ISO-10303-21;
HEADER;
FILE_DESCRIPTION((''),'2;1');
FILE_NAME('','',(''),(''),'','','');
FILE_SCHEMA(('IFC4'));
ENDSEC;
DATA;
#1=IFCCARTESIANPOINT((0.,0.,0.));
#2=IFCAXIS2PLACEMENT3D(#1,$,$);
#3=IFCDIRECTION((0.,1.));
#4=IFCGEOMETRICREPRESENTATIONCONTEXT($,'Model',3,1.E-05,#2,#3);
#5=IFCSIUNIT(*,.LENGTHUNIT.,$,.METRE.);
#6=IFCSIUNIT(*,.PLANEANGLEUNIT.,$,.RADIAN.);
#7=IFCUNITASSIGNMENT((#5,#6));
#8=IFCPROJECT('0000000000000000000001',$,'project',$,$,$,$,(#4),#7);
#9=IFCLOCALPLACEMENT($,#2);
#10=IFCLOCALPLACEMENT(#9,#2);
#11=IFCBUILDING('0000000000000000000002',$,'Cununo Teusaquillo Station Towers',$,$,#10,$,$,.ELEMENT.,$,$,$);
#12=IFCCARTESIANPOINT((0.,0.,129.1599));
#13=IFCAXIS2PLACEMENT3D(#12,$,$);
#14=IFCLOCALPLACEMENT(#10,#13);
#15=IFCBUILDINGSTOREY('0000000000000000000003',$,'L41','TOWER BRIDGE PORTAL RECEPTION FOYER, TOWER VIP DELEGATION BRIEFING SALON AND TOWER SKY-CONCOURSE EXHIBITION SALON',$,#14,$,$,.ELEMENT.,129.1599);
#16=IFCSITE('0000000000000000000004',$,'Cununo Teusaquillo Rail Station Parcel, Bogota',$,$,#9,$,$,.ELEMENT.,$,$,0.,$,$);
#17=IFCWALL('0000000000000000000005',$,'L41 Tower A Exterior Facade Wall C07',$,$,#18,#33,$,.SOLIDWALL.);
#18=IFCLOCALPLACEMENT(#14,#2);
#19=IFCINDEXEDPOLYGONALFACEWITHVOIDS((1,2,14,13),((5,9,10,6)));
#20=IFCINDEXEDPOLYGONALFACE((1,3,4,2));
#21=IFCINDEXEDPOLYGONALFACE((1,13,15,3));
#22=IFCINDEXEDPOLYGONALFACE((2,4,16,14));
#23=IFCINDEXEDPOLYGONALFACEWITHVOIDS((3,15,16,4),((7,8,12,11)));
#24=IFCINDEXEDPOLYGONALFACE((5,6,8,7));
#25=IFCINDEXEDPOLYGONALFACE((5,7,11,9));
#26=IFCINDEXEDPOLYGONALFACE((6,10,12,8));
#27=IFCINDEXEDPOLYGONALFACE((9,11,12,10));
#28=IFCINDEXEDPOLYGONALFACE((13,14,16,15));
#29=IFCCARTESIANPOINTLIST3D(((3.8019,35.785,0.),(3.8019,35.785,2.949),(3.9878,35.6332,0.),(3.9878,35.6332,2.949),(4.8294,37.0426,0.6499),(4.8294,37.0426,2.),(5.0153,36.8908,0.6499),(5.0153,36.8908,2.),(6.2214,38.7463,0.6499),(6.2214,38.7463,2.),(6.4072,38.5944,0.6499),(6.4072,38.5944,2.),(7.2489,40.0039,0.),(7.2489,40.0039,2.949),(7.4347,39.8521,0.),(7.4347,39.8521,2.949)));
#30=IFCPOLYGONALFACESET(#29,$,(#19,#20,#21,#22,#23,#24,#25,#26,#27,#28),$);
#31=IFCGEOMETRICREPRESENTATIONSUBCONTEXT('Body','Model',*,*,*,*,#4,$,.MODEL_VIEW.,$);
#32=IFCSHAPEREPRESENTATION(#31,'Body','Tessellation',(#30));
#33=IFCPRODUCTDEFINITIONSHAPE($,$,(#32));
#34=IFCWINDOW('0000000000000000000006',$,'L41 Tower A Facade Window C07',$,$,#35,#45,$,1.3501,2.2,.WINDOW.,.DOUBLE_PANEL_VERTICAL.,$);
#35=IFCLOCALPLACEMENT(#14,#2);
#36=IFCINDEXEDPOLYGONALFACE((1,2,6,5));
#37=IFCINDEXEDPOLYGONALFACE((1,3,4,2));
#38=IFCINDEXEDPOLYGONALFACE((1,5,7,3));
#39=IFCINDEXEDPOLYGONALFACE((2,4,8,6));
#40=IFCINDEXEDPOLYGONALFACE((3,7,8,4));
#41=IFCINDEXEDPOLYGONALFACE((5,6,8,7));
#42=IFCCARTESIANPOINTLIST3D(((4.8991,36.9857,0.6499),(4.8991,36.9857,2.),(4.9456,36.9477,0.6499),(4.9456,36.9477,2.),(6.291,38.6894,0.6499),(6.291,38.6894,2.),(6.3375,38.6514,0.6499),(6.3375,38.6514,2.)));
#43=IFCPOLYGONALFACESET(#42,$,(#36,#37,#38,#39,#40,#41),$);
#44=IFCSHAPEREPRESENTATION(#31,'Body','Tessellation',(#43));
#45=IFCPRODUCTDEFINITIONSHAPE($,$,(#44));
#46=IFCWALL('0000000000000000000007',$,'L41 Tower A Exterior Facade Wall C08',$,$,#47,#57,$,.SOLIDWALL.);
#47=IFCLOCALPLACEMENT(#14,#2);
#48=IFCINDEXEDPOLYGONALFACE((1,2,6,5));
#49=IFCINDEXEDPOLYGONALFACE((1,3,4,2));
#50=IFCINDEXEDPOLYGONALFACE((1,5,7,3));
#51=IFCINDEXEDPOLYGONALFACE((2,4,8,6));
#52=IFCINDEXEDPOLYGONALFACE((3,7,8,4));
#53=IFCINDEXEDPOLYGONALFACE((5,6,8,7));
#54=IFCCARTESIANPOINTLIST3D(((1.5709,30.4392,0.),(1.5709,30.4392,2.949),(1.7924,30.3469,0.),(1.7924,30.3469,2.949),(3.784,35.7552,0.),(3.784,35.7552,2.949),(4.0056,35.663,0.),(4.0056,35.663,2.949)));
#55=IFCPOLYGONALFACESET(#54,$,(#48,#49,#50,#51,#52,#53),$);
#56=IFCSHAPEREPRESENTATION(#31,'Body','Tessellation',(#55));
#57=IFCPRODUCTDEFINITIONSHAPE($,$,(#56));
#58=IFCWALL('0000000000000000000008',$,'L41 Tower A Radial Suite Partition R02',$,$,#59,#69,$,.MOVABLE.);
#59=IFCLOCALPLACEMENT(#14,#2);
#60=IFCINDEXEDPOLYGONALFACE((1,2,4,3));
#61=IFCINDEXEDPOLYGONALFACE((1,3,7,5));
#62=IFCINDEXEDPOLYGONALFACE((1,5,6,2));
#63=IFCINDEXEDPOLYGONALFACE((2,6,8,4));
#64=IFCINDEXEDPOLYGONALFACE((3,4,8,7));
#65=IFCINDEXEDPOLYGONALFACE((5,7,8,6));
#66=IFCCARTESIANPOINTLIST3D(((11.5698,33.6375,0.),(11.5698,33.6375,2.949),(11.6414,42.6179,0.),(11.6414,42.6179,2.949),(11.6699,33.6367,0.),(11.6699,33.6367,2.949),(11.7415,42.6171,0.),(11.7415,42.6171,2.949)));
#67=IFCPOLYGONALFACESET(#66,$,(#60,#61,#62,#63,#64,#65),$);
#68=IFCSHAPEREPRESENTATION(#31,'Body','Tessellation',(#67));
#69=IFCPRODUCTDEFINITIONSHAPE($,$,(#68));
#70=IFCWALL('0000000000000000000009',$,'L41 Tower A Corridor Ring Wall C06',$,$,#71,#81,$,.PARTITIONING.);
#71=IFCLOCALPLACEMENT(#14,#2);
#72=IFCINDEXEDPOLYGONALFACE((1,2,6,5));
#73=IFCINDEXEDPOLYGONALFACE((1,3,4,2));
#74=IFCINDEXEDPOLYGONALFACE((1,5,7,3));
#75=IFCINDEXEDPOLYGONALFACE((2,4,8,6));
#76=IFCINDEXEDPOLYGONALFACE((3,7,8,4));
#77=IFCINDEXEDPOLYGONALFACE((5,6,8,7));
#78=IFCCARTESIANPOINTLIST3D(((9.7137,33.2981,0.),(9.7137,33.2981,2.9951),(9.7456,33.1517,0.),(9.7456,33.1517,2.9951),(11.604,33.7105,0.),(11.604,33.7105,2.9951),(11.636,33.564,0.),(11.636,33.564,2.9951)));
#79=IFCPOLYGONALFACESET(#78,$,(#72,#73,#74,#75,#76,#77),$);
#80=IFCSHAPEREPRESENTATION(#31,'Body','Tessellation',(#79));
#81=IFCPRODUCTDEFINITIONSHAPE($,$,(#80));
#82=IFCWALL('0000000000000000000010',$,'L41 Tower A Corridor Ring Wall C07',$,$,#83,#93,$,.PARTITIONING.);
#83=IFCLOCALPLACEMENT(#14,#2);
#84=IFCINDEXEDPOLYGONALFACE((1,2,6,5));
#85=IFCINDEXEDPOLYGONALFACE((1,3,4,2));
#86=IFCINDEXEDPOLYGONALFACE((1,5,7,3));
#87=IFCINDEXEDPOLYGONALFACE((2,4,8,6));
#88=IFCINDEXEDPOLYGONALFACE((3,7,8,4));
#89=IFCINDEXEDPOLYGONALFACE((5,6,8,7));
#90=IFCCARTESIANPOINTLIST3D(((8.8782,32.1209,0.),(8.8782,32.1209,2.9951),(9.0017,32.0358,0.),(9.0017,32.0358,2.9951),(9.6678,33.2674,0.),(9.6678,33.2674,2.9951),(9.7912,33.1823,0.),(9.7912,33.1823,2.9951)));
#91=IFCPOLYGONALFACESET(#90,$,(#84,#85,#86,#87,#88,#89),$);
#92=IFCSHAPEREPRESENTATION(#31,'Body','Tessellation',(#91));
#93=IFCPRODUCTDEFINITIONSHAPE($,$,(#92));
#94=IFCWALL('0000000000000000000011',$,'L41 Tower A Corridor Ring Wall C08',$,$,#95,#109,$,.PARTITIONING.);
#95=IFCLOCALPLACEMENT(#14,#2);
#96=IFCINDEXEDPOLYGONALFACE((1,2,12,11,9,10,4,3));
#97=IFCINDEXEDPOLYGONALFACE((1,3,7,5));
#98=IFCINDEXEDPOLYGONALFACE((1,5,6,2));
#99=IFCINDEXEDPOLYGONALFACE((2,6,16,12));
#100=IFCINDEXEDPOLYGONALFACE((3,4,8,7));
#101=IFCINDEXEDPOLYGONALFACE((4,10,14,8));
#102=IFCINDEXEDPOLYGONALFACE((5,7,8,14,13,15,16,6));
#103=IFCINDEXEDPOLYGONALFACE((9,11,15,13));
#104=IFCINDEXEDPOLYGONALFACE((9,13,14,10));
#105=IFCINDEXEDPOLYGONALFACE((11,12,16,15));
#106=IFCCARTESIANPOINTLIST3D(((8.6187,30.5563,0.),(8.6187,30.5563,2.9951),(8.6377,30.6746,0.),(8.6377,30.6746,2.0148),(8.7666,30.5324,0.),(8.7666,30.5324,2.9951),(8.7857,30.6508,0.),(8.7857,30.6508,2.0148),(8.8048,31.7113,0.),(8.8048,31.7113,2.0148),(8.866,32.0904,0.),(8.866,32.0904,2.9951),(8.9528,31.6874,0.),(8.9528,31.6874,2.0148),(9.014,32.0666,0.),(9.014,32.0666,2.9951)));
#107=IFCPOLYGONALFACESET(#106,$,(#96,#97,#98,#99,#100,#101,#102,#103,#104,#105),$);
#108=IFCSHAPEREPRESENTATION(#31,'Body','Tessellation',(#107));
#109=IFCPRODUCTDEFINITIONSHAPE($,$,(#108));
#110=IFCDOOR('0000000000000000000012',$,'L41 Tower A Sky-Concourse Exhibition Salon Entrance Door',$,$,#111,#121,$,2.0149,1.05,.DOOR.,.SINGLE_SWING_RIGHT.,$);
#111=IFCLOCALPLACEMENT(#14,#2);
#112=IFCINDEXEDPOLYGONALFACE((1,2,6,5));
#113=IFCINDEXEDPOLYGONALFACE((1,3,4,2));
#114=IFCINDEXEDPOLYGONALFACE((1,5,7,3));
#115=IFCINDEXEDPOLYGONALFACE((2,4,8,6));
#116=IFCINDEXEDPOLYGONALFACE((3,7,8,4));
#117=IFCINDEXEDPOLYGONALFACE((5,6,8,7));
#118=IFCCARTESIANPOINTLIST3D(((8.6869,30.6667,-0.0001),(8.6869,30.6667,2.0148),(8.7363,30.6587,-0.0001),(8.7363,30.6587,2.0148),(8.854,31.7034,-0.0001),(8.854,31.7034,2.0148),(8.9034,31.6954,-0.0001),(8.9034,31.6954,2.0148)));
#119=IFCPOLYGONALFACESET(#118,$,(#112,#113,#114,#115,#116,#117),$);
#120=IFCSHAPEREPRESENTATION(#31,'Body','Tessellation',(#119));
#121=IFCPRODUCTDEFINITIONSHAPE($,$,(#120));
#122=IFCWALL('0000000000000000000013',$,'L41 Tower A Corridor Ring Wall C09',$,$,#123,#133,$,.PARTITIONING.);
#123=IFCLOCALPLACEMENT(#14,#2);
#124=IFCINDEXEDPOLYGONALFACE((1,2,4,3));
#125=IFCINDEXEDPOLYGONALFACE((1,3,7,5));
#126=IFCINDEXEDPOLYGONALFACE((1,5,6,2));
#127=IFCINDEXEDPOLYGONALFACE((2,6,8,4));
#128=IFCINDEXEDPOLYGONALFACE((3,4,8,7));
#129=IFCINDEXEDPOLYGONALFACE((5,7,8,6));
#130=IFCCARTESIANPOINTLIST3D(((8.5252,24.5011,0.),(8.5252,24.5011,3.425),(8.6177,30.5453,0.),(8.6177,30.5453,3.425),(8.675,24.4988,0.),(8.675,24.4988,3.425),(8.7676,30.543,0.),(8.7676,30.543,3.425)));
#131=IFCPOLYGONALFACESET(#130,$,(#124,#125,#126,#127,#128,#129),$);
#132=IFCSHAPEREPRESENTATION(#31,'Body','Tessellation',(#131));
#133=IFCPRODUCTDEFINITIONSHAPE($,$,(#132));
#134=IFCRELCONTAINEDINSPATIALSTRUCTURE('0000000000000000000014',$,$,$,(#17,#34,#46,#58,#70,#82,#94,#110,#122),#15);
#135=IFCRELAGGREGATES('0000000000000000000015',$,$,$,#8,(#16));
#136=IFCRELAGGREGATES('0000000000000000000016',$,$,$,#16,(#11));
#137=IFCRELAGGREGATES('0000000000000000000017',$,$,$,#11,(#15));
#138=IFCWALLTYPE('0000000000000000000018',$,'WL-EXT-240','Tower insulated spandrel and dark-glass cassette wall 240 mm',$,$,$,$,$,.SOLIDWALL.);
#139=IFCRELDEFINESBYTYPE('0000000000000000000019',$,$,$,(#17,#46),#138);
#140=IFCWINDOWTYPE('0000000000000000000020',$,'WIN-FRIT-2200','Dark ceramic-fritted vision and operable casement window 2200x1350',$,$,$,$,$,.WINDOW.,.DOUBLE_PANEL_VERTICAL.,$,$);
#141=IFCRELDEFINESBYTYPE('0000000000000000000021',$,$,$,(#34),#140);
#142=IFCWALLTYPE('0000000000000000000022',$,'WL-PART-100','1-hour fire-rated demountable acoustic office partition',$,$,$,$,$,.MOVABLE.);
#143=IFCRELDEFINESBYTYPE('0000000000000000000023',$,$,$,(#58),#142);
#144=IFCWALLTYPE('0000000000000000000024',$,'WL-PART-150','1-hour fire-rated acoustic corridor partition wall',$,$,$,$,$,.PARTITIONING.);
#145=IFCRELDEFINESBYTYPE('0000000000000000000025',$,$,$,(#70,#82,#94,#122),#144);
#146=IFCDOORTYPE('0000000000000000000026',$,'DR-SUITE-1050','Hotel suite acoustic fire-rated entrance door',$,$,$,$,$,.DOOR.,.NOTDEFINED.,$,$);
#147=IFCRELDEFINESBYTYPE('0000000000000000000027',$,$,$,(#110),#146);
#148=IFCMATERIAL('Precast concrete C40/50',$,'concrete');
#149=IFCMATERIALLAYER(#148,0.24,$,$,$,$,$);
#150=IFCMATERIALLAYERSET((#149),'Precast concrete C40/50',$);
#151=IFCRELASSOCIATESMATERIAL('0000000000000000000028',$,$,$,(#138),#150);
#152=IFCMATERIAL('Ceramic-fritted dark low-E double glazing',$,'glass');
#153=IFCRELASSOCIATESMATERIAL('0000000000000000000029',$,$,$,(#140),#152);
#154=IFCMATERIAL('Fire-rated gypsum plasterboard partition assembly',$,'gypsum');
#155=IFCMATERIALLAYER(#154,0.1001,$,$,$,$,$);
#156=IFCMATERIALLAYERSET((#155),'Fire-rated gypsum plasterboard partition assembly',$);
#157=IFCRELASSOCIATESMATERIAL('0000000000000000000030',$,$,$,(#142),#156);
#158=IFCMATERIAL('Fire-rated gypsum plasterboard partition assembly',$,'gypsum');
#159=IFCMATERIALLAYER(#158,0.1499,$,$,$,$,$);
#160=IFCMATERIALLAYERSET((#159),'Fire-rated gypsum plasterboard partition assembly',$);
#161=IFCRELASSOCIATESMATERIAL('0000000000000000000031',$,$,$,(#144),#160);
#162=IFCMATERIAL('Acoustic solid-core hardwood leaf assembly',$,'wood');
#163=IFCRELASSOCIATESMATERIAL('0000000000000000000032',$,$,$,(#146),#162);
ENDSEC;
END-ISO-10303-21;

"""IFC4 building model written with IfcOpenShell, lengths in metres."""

from ifc_helpers import new_model, si_unit, direction, frame, frame_2d, origin, place, context, subcontext, project, spatial, rectangle, extrude, source, transform, mapped, material, layer, layer_set, type_object, element, fill, save


model = new_model("IFC4")

# Units and contexts
model_context = context("Model", 3, precision=1e-05, world=origin(), true_north=direction((0.0, 1.0)))
body_context = subcontext(model_context, "Body", "Model", "MODEL_VIEW")
ifc_project = project(units=[si_unit("LENGTHUNIT", "METRE"), si_unit("PLANEANGLEUNIT", "RADIAN")], contexts=[model_context])

# Site, building, storey
site_placement = place(None, origin())
site = spatial("IfcSite", under=ifc_project, at=site_placement, Name="Cununo Teusaquillo Rail Station Parcel, Bogota", CompositionType="ELEMENT", RefElevation=0.0)
building_placement = place(site_placement, origin())
building = spatial("IfcBuilding", under=site, at=building_placement, Name="Cununo Teusaquillo Station Towers", CompositionType="ELEMENT")
storey_placement = place(building_placement, frame((0.0, 0.0, 129.1599)))
storey = spatial("IfcBuildingStorey", under=building, at=storey_placement, Name="L41", Description="TOWER BRIDGE PORTAL RECEPTION FOYER, TOWER VIP DELEGATION BRIEFING SALON AND TOWER SKY-CONCOURSE EXHIBITION SALON", CompositionType="ELEMENT", Elevation=129.1599)

# Shared definitions
ifc_material_1 = material(Name="Precast concrete C40/50", Category="concrete")
ifc_layer_1 = layer(ifc_material_1, 0.24)
ifc_layer_set_1 = layer_set([ifc_layer_1], Name="Precast concrete C40/50")
wall_type_1 = type_object("IfcWallType", Name="WL-EXT-240", Description="Tower insulated spandrel and dark-glass cassette wall 240 mm", PredefinedType="SOLIDWALL", material=ifc_layer_set_1)

# Wall, opening, window
wall_1_placement = place(storey_placement, frame((3.8948, 35.709, 0.0), z_axis=(0.0, 0.0, 1.0), x_axis=(0.632701, 0.774396, 0.0)))
wall_1 = element("IfcWall", 1, at=wall_1_placement, inside=storey, type_object=wall_type_1, Name="L41 Tower A Exterior Facade Wall C07", PredefinedType="SOLIDWALL", context=body_context, shape_type="SweptSolid", body=[
    extrude(rectangle(XDim=5.448, YDim=0.24, at=frame_2d((2.7241, 0.0))), origin(), (0.0, 0.0, 1.0), 2.949),
])
shared_shape_1 = source(origin(), body_context, "Body", "SweptSolid", [
    extrude(rectangle(XDim=2.2, YDim=1.3501, at=frame_2d((1.1001, 0.675))), frame((0.0, 0.1299, 0.0), z_axis=(0.0, -1.0, 0.0), x_axis=(1.0, 0.0, 0.0)), (0.0, 0.0, 1.0), 0.26),
])
opening_1_placement = place(wall_1_placement, frame((1.624, 0.0, 0.6499)))
opening_1 = element("IfcOpeningElement", 2, at=opening_1_placement, cuts=wall_1, PredefinedType="OPENING", context=body_context, shape_type="MappedRepresentation", body=[
    mapped(shared_shape_1, transform((0.0, 0.0, 0.0), x_axis=(1.0, 0.0, 0.0), y_axis=(0.0, 1.0, 0.0), z_axis=(0.0, 0.0, 1.0), scale=1.0)),
])
ifc_material_2 = material(Name="Ceramic-fritted dark low-E double glazing", Category="glass")
window_type = type_object("IfcWindowType", Name="WIN-FRIT-2200", Description="Dark ceramic-fritted vision and operable casement window 2200x1350", PartitioningType="DOUBLE_PANEL_VERTICAL", PredefinedType="WINDOW", material=ifc_material_2)
shared_shape_2 = source(origin(), body_context, "Body", "SweptSolid", [
    extrude(rectangle(XDim=2.2, YDim=1.3501, at=frame_2d((1.1001, 0.675))), frame((0.0, 0.03, 0.0), z_axis=(0.0, -1.0, 0.0), x_axis=(1.0, 0.0, 0.0)), (0.0, 0.0, 1.0), 0.0601),
])
window_placement = place(opening_1_placement, origin())
window = element("IfcWindow", 3, at=window_placement, inside=storey, type_object=window_type, Name="L41 Tower A Facade Window C07", OverallHeight=1.3501, OverallWidth=2.2, PartitioningType="DOUBLE_PANEL_VERTICAL", PredefinedType="WINDOW", context=body_context, shape_type="MappedRepresentation", body=[
    mapped(shared_shape_2, transform((0.0, 0.0, 0.0), x_axis=(1.0, 0.0, 0.0), y_axis=(0.0, 1.0, 0.0), z_axis=(0.0, 0.0, 1.0), scale=1.0)),
])
fill(opening_1, window)

# Walls
wall_2_placement = place(storey_placement, frame((1.6816, 30.3931, 0.0), z_axis=(0.0, 0.0, 1.0), x_axis=(0.384344, 0.92319, 0.0)))
element("IfcWall", 4, at=wall_2_placement, inside=storey, type_object=wall_type_1, Name="L41 Tower A Exterior Facade Wall C08", PredefinedType="SOLIDWALL", context=body_context, shape_type="SweptSolid", body=[
    extrude(rectangle(XDim=5.7583, YDim=0.24, at=frame_2d((2.8792, 0.0))), origin(), (0.0, 0.0, 1.0), 2.949),
])
ifc_material_3 = material(Name="Fire-rated gypsum plasterboard partition assembly", Category="gypsum")
ifc_layer_2 = layer(ifc_material_3, 0.1001)
ifc_layer_set_2 = layer_set([ifc_layer_2], Name="Fire-rated gypsum plasterboard partition assembly")
wall_type_2 = type_object("IfcWallType", Name="WL-PART-100", Description="1-hour fire-rated demountable acoustic office partition", PredefinedType="MOVABLE", material=ifc_layer_set_2)
wall_3_placement = place(storey_placement, frame((11.6199, 33.6372, 0.0), z_axis=(0.0, 0.0, 1.0), x_axis=(0.007965, 0.999968, 0.0)))
element("IfcWall", 5, at=wall_3_placement, inside=storey, type_object=wall_type_2, Name="L41 Tower A Radial Suite Partition R02", PredefinedType="MOVABLE", context=body_context, shape_type="SweptSolid", body=[
    extrude(rectangle(XDim=8.9807, YDim=0.1001, at=frame_2d((4.4902, 0.0))), origin(), (0.0, 0.0, 1.0), 2.949),
])
ifc_material_4 = material(Name="Fire-rated gypsum plasterboard partition assembly", Category="gypsum")
ifc_layer_3 = layer(ifc_material_4, 0.1499)
ifc_layer_set_3 = layer_set([ifc_layer_3], Name="Fire-rated gypsum plasterboard partition assembly")
wall_type_3 = type_object("IfcWallType", Name="WL-PART-150", Description="1-hour fire-rated acoustic corridor partition wall", PredefinedType="PARTITIONING", material=ifc_layer_set_3)
wall_4_placement = place(storey_placement, frame((11.6199, 33.6372, 0.0), z_axis=(0.0, 0.0, 1.0), x_axis=(-0.977026, -0.213121, 0.0)))
element("IfcWall", 6, at=wall_4_placement, inside=storey, type_object=wall_type_3, Name="L41 Tower A Corridor Ring Wall C06", PredefinedType="PARTITIONING", context=body_context, shape_type="SweptSolid", body=[
    extrude(rectangle(XDim=1.9348, YDim=0.1499, at=frame_2d((0.9673, 0.0))), origin(), (0.0, 0.0, 1.0), 2.9951),
])
wall_5_placement = place(storey_placement, frame((9.7295, 33.2249, 0.0), z_axis=(0.0, 0.0, 1.0), x_axis=(-0.567184, -0.823591, 0.0)))
element("IfcWall", 7, at=wall_5_placement, inside=storey, type_object=wall_type_3, Name="L41 Tower A Corridor Ring Wall C07", PredefinedType="PARTITIONING", context=body_context, shape_type="SweptSolid", body=[
    extrude(rectangle(XDim=1.3921, YDim=0.1499, at=frame_2d((0.696, 0.0))), origin(), (0.0, 0.0, 1.0), 2.9951),
])

# Wall, opening, door
wall_6_placement = place(storey_placement, frame((8.9399, 32.0784, 0.0), z_axis=(0.0, 0.0, 1.0), x_axis=(-0.159148, -0.987255, 0.0)))
wall_6 = element("IfcWall", 8, at=wall_6_placement, inside=storey, type_object=wall_type_3, Name="L41 Tower A Corridor Ring Wall C08", PredefinedType="PARTITIONING", context=body_context, shape_type="SweptSolid", body=[
    extrude(rectangle(XDim=1.554, YDim=0.1499, at=frame_2d((0.7769, 0.0))), origin(), (0.0, 0.0, 1.0), 2.9951),
])
shared_shape_3 = source(origin(), body_context, "Body", "SweptSolid", [
    extrude(rectangle(XDim=1.05, YDim=2.0149, at=frame_2d((0.5249, 1.0073))), frame((0.0, 0.085, 0.0), z_axis=(0.0, -1.0, 0.0), x_axis=(1.0, 0.0, 0.0)), (0.0, 0.0, 1.0), 0.1699),
])
opening_2_placement = place(wall_6_placement, frame((0.384, 0.0, 0.0)))
opening_2 = element("IfcOpeningElement", 9, at=opening_2_placement, cuts=wall_6, PredefinedType="OPENING", context=body_context, shape_type="MappedRepresentation", body=[
    mapped(shared_shape_3, transform((0.0, 0.0, 0.0), x_axis=(1.0, 0.0, 0.0), y_axis=(0.0, 1.0, 0.0), z_axis=(0.0, 0.0, 1.0), scale=1.0)),
])
ifc_material_5 = material(Name="Acoustic solid-core hardwood leaf assembly", Category="wood")
door_type_1 = type_object("IfcDoorType", Name="DR-SUITE-1050", Description="Hotel suite acoustic fire-rated entrance door", OperationType="NOTDEFINED", PredefinedType="DOOR", material=ifc_material_5)
shared_shape_4 = source(origin(), body_context, "Body", "SweptSolid", [
    extrude(rectangle(XDim=1.05, YDim=2.0149, at=frame_2d((0.5249, 1.0073))), frame((0.0, 0.0249, 0.0), z_axis=(0.0, -1.0, 0.0), x_axis=(1.0, 0.0, 0.0)), (0.0, 0.0, 1.0), 0.05),
])
door_1_placement = place(opening_2_placement, origin())
door_1 = element("IfcDoor", 10, at=door_1_placement, inside=storey, type_object=door_type_1, Name="L41 Tower A Sky-Concourse Exhibition Salon Entrance Door", OperationType="SINGLE_SWING_RIGHT", OverallHeight=2.0149, OverallWidth=1.05, PredefinedType="DOOR", context=body_context, shape_type="MappedRepresentation", body=[
    mapped(shared_shape_4, transform((0.0, 0.0, 0.0), x_axis=(1.0, 0.0, 0.0), y_axis=(0.0, 1.0, 0.0), z_axis=(0.0, 0.0, 1.0), scale=1.0)),
])
fill(opening_2, door_1)

# Wall
wall_7_placement = place(storey_placement, frame((8.6926, 30.5442, 0.0), z_axis=(0.0, 0.0, 1.0), x_axis=(-0.015307, -0.999883, 0.0)))
element("IfcWall", 11, at=wall_7_placement, inside=storey, type_object=wall_type_3, Name="L41 Tower A Corridor Ring Wall C09", PredefinedType="PARTITIONING", context=body_context, shape_type="SweptSolid", body=[
    extrude(rectangle(XDim=6.0449, YDim=0.1499, at=frame_2d((3.0225, 0.0))), origin(), (0.0, 0.0, 1.0), 3.425),
])

save(model, "model.ifc")
